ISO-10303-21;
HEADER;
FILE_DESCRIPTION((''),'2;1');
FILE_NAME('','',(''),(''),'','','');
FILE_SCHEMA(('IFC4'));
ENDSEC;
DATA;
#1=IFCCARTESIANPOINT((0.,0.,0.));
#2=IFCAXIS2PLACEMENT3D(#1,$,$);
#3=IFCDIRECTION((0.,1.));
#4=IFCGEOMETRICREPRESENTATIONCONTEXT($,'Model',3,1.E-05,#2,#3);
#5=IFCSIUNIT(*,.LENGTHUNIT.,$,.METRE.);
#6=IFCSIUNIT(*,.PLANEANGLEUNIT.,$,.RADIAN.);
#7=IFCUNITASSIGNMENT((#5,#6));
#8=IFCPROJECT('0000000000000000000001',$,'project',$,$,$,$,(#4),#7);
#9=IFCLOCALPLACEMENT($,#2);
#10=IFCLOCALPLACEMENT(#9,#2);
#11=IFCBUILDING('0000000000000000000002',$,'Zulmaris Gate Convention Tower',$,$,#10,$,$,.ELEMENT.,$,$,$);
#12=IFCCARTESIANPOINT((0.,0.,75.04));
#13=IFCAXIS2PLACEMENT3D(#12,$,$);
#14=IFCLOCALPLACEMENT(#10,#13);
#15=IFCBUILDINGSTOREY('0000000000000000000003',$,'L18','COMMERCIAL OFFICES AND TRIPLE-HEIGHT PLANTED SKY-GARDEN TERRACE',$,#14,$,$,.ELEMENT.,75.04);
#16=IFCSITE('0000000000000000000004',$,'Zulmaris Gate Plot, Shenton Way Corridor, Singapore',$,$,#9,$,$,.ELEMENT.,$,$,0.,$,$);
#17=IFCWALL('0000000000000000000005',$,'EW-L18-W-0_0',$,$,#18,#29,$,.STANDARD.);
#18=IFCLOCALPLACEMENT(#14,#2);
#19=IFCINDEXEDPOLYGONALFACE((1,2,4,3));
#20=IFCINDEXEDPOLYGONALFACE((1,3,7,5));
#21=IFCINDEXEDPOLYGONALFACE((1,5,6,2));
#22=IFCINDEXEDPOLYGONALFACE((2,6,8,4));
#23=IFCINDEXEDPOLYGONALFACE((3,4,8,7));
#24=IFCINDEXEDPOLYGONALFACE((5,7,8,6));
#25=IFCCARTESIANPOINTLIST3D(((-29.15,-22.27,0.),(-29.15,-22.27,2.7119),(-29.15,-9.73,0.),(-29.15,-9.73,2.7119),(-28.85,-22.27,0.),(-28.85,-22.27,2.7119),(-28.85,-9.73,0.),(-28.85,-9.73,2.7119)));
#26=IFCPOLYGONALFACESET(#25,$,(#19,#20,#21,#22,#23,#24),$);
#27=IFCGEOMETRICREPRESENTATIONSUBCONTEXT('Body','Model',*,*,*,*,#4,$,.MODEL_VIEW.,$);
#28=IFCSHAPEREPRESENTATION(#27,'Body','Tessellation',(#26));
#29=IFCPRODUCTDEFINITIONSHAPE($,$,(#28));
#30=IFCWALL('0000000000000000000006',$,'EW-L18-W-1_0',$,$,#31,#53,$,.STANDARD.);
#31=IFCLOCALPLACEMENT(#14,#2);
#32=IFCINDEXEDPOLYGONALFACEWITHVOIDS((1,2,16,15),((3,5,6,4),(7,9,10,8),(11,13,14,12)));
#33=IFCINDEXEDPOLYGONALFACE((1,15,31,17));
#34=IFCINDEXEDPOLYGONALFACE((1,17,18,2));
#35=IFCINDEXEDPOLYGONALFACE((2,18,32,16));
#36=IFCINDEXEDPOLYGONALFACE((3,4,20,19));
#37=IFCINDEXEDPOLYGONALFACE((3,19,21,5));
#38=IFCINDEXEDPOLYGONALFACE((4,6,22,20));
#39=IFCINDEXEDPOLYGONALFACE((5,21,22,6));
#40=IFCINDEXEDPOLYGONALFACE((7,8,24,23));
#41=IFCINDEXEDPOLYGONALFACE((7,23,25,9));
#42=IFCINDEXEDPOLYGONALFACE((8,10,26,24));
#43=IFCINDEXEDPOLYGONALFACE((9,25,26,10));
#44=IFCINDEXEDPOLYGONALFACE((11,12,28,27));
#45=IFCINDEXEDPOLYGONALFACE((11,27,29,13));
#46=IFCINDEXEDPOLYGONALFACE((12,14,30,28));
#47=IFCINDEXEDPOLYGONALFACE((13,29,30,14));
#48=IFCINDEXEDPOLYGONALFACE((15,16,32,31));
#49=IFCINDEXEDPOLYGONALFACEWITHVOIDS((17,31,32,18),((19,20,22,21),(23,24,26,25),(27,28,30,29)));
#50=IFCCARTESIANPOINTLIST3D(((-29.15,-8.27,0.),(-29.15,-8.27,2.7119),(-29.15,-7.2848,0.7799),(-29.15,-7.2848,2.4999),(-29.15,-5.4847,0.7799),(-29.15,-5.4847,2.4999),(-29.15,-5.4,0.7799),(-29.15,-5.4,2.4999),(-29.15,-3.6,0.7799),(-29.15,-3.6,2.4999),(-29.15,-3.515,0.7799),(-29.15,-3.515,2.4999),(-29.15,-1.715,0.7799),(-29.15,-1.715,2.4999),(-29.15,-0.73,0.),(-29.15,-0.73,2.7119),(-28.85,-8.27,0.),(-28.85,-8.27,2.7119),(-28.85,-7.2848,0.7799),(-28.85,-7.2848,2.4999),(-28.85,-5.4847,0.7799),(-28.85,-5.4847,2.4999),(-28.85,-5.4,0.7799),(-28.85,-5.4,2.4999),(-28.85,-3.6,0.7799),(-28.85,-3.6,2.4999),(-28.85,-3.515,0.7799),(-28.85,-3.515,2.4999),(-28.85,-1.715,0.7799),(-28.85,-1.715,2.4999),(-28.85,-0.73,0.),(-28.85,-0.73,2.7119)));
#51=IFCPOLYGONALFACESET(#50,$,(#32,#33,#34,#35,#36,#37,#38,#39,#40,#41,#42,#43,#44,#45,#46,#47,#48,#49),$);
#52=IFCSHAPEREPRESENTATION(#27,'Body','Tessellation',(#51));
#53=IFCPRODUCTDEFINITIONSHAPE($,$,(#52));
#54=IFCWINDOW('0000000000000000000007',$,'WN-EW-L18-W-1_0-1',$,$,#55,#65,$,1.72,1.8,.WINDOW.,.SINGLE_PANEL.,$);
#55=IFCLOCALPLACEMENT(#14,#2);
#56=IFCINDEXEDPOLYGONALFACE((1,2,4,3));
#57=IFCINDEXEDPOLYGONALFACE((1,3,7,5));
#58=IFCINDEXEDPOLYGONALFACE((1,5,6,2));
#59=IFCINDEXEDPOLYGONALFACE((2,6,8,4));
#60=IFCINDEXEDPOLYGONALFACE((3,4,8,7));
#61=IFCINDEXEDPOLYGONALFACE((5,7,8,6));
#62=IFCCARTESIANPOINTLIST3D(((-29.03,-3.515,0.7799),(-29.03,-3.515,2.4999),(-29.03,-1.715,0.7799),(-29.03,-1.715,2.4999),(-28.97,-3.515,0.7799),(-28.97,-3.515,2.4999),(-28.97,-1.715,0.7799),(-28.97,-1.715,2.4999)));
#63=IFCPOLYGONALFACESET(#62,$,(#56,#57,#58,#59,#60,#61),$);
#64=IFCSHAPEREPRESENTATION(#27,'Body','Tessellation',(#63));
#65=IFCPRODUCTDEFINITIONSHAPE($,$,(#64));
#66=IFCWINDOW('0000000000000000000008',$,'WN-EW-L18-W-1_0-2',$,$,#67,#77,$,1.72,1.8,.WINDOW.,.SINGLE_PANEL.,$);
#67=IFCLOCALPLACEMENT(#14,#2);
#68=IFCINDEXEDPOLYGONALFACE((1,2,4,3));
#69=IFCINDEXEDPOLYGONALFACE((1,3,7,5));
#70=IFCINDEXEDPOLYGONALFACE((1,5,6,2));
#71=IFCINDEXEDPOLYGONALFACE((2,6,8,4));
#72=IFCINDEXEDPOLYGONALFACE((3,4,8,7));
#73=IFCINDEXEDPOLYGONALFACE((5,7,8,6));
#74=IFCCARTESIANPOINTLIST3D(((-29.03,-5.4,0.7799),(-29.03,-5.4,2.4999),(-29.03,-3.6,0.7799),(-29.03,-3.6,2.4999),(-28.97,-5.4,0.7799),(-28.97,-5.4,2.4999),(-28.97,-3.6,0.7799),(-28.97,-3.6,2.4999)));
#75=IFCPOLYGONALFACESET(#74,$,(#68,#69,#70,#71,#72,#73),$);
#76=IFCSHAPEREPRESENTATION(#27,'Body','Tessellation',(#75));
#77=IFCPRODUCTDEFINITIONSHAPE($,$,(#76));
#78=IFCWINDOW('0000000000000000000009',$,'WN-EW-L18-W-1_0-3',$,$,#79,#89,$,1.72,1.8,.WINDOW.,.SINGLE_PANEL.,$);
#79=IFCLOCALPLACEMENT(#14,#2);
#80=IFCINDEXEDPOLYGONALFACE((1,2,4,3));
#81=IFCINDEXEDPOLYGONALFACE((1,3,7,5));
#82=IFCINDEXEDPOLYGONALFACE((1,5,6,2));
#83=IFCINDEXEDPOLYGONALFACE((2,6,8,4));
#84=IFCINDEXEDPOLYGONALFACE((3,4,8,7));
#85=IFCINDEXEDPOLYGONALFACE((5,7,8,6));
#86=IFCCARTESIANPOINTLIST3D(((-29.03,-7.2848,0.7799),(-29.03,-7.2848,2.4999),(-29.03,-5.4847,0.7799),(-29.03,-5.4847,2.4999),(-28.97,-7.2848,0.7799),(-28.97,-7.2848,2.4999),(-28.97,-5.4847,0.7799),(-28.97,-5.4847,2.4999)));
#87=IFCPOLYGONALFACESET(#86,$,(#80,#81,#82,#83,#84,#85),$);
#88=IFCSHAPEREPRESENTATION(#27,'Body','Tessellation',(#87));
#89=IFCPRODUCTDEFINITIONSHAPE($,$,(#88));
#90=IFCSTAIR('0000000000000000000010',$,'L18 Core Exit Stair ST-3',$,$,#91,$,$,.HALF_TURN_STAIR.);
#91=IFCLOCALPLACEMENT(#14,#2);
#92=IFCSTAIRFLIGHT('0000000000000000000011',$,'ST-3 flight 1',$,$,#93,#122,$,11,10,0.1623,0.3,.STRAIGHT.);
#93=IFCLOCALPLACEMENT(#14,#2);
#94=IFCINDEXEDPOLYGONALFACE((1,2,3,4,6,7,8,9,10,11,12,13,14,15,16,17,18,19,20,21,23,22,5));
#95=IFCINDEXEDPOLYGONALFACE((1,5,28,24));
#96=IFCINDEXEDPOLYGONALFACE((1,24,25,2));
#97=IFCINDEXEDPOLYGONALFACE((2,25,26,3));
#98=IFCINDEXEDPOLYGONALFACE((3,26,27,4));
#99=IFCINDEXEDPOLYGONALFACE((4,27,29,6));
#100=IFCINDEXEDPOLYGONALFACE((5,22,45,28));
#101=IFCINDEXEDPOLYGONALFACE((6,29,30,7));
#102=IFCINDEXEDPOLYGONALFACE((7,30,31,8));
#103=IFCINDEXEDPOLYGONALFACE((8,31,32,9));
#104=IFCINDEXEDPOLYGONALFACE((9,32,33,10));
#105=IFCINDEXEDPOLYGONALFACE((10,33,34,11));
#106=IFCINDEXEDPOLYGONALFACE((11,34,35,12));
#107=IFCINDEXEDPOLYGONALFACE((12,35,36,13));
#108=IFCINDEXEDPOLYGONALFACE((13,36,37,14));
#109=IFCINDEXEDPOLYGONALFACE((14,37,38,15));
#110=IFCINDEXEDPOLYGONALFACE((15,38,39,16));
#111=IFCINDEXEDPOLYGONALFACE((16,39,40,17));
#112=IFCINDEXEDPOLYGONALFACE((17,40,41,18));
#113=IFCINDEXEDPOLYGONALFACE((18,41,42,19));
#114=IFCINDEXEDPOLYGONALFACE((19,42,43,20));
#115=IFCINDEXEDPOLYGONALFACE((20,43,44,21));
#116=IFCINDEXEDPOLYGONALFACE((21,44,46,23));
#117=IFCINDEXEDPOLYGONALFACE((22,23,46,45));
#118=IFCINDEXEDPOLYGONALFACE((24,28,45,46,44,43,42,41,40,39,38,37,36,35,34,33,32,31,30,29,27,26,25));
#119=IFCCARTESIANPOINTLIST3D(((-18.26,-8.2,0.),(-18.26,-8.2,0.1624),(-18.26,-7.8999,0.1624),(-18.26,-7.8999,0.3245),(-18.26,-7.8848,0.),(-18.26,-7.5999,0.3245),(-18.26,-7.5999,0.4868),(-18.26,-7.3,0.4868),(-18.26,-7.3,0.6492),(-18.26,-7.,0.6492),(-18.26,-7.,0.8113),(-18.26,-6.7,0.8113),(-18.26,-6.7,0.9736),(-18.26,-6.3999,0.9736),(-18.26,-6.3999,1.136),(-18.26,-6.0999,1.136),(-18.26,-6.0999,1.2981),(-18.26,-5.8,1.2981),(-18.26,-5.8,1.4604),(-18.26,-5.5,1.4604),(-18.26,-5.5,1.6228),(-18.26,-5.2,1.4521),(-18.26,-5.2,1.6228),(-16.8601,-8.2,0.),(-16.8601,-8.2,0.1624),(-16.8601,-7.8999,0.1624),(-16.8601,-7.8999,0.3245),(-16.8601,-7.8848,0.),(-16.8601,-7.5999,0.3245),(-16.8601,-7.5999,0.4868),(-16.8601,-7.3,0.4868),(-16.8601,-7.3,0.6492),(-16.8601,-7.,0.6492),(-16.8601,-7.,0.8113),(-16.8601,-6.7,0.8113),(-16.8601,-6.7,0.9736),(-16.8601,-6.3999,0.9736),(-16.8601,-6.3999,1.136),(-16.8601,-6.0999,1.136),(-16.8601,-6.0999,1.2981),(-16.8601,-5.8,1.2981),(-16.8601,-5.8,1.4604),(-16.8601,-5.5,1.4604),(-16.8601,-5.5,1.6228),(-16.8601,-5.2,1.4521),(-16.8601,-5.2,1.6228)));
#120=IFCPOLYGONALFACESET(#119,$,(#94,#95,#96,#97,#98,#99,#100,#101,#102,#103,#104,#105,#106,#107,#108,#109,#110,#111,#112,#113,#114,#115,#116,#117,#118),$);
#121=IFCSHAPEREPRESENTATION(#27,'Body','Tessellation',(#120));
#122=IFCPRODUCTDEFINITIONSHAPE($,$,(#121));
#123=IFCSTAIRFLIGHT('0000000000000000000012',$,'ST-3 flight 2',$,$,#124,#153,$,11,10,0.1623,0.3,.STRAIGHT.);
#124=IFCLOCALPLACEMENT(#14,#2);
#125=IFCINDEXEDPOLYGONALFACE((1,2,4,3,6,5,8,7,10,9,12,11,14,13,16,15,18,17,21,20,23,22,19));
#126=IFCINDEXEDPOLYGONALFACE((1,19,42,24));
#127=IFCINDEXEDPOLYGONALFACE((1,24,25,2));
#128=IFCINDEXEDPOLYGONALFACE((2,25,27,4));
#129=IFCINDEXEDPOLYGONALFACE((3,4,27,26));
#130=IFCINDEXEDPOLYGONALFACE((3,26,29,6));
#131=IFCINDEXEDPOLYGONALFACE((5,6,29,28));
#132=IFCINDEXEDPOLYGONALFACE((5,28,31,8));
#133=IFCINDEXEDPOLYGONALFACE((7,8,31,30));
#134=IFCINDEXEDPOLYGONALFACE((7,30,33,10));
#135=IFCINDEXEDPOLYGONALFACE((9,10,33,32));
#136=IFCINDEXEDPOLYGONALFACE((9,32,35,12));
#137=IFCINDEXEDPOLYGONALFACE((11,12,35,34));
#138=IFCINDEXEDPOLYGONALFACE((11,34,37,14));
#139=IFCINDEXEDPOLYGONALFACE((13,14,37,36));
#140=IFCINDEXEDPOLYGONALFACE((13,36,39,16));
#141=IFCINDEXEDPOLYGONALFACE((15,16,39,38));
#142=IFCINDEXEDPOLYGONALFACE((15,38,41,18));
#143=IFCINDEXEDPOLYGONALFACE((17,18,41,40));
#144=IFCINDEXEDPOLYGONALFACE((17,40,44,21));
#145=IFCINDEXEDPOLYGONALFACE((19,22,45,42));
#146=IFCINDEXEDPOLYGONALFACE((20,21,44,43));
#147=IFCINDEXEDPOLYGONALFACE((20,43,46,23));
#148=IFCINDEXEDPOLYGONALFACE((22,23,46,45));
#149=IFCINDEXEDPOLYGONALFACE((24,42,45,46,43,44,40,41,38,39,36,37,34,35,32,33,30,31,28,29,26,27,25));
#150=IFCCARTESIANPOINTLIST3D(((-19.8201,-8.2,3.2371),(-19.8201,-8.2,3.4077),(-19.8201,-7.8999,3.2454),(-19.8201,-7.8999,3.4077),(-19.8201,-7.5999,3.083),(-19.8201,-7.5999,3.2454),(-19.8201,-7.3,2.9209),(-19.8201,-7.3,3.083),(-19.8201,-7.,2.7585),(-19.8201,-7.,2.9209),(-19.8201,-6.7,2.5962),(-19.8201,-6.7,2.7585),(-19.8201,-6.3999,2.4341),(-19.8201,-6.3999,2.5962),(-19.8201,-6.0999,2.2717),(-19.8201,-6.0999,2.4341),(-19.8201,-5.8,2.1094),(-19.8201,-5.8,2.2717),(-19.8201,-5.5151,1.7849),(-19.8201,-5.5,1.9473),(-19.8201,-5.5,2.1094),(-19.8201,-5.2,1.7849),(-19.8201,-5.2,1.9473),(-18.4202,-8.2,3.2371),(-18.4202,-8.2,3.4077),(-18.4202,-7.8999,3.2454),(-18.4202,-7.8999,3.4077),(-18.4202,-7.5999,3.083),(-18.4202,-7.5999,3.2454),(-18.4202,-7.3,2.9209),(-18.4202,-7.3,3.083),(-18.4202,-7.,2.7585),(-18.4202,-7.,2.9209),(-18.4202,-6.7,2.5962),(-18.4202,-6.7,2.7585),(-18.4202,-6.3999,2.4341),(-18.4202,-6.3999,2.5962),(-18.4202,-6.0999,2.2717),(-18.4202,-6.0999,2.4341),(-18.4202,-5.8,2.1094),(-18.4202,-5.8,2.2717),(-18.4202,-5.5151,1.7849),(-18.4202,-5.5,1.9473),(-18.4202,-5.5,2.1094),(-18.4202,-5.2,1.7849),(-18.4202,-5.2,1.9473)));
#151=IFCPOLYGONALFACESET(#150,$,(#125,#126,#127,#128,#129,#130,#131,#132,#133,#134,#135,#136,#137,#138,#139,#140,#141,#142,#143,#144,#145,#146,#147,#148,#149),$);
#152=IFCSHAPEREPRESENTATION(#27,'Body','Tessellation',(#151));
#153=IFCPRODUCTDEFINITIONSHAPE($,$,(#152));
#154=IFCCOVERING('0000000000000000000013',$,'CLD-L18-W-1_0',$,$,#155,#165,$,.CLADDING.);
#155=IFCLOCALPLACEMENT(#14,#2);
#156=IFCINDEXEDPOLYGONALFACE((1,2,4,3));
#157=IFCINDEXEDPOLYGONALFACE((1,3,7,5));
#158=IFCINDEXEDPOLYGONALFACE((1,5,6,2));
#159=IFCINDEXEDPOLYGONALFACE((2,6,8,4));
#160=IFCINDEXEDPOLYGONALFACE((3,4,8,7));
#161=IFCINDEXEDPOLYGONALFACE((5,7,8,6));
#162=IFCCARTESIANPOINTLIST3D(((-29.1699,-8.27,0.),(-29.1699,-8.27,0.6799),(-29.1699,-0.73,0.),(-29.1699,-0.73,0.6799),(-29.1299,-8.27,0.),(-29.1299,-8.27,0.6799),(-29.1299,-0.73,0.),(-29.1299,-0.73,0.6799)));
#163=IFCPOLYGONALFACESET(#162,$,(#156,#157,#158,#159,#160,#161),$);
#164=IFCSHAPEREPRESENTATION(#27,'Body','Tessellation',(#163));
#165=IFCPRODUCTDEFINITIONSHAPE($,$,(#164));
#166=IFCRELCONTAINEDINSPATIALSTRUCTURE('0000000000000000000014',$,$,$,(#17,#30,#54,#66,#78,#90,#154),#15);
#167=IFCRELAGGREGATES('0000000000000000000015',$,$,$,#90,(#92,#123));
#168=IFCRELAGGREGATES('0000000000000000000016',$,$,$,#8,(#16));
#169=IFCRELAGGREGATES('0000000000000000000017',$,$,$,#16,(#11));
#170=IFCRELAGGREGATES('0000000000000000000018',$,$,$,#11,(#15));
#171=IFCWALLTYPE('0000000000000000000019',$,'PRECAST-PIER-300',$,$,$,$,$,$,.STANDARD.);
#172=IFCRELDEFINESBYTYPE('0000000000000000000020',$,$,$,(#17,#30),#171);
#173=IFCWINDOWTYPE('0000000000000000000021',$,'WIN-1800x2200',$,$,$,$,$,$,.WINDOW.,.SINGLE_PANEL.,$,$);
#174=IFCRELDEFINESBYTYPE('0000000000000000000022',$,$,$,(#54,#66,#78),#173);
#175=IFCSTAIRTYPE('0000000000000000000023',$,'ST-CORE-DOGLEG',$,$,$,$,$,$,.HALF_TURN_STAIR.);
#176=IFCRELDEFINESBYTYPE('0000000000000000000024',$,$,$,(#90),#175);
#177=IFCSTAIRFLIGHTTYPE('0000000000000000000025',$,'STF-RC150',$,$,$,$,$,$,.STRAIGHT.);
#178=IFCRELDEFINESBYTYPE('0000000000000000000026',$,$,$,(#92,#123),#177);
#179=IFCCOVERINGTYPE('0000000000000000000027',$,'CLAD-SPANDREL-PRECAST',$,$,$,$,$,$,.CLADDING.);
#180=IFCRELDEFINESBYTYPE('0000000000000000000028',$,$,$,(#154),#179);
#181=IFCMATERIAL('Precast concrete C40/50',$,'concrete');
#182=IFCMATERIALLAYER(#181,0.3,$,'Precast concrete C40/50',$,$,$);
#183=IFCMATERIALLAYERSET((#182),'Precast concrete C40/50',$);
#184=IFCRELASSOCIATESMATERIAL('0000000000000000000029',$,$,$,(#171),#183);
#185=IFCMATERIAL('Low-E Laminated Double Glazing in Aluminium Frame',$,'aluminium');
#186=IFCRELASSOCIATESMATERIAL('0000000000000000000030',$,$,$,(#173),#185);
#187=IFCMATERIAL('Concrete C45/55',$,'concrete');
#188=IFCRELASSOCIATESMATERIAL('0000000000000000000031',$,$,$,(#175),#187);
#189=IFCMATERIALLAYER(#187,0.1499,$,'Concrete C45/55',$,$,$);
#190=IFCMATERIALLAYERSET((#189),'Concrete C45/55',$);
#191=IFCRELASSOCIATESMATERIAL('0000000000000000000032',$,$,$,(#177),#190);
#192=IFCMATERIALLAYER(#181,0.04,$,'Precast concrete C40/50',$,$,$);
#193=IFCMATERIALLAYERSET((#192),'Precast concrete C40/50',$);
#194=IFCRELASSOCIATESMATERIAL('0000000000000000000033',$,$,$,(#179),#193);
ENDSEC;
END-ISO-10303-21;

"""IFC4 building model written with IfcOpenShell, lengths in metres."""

from ifc_helpers import new_model, si_unit, direction, frame, frame_2d, origin, place, context, subcontext, project, spatial, polyline, rectangle, outline, extrude, material, layer, layer_set, type_object, element, fill, aggregate, save


model = new_model("IFC4")

# Units and contexts
model_context = context("Model", 3, precision=1e-05, world=origin(), true_north=direction((0.0, 1.0)))
body_context = subcontext(model_context, "Body", "Model", "MODEL_VIEW")
ifc_project = project(units=[si_unit("LENGTHUNIT", "METRE"), si_unit("PLANEANGLEUNIT", "RADIAN")], contexts=[model_context])

# Site, building, storey
site_placement = place(None, origin())
site = spatial("IfcSite", under=ifc_project, at=site_placement, Name="Zulmaris Gate Plot, Shenton Way Corridor, Singapore", CompositionType="ELEMENT", RefElevation=0.0)
building_placement = place(site_placement, origin())
building = spatial("IfcBuilding", under=site, at=building_placement, Name="Zulmaris Gate Convention Tower", CompositionType="ELEMENT")
storey_placement = place(building_placement, frame((0.0, 0.0, 75.04)))
storey = spatial("IfcBuildingStorey", under=building, at=storey_placement, Name="L18", Description="COMMERCIAL OFFICES AND TRIPLE-HEIGHT PLANTED SKY-GARDEN TERRACE", CompositionType="ELEMENT", Elevation=75.04)

# Wall
ifc_material_1 = material(Name="Precast concrete C40/50", Category="concrete")
ifc_layer_1 = layer(ifc_material_1, 0.3, Name="Precast concrete C40/50")
ifc_layer_set_1 = layer_set([ifc_layer_1], Name="Precast concrete C40/50")
wall_type_1 = type_object("IfcWallType", Name="PRECAST-PIER-300", PredefinedType="STANDARD", material=ifc_layer_set_1)
wall_1_placement = place(storey_placement, frame((-29.0, -9.73, 0.0), z_axis=(0.0, 0.0, 1.0), x_axis=(0.0, -1.0, 0.0)))
element("IfcWall", 1, at=wall_1_placement, inside=storey, type_object=wall_type_1, Name="EW-L18-W-0_0", PredefinedType="STANDARD", context=body_context, shape_type="SweptSolid", body=[
    extrude(rectangle(XDim=12.54, YDim=0.3, at=frame_2d((6.27, 0.0))), origin(), (0.0, 0.0, 1.0), 2.7119),
])

# Wall, openings, windows
wall_2_placement = place(storey_placement, frame((-29.0, -0.73, 0.0), z_axis=(0.0, 0.0, 1.0), x_axis=(0.0, -1.0, 0.0)))
wall_2 = element("IfcWall", 2, at=wall_2_placement, inside=storey, type_object=wall_type_1, Name="EW-L18-W-1_0", PredefinedType="STANDARD", context=body_context, shape_type="SweptSolid", body=[
    extrude(rectangle(XDim=7.54, YDim=0.3, at=frame_2d((3.77, 0.0))), origin(), (0.0, 0.0, 1.0), 2.7119),
])
opening_1_placement = place(wall_2_placement, frame((0.9851, 0.0, 0.78)))
opening_1 = element("IfcOpeningElement", 3, at=opening_1_placement, cuts=wall_2, PredefinedType="OPENING", context=body_context, shape_type="SweptSolid", body=[
    extrude(rectangle(XDim=1.8, YDim=1.72, at=frame_2d((0.8999, 0.8599))), frame((0.0, 0.1602, 0.0), z_axis=(0.0, -1.0, 0.0), x_axis=(1.0, 0.0, 0.0)), (0.0, 0.0, 1.0), 0.3201),
])
opening_2_placement = place(wall_2_placement, frame((2.8701, 0.0, 0.78)))
opening_2 = element("IfcOpeningElement", 4, at=opening_2_placement, cuts=wall_2, PredefinedType="OPENING", context=body_context, shape_type="SweptSolid", body=[
    extrude(rectangle(XDim=1.8, YDim=1.72, at=frame_2d((0.8999, 0.8599))), frame((0.0, 0.1602, 0.0), z_axis=(0.0, -1.0, 0.0), x_axis=(1.0, 0.0, 0.0)), (0.0, 0.0, 1.0), 0.3201),
])
opening_3_placement = place(wall_2_placement, frame((4.7549, 0.0, 0.78)))
opening_3 = element("IfcOpeningElement", 5, at=opening_3_placement, cuts=wall_2, PredefinedType="OPENING", context=body_context, shape_type="SweptSolid", body=[
    extrude(rectangle(XDim=1.8, YDim=1.72, at=frame_2d((0.8999, 0.8599))), frame((0.0, 0.1602, 0.0), z_axis=(0.0, -1.0, 0.0), x_axis=(1.0, 0.0, 0.0)), (0.0, 0.0, 1.0), 0.3201),
])
ifc_material_2 = material(Name="Low-E Laminated Double Glazing in Aluminium Frame", Category="aluminium")
window_type = type_object("IfcWindowType", Name="WIN-1800x2200", PartitioningType="SINGLE_PANEL", PredefinedType="WINDOW", material=ifc_material_2)
window_1_placement = place(opening_1_placement, origin())
window_1 = element("IfcWindow", 6, at=window_1_placement, inside=storey, type_object=window_type, Name="WN-EW-L18-W-1_0-1", OverallHeight=1.72, OverallWidth=1.8, PartitioningType="SINGLE_PANEL", PredefinedType="WINDOW", context=body_context, shape_type="SweptSolid", body=[
    extrude(rectangle(XDim=1.8, YDim=1.72, at=frame_2d((0.8999, 0.8599))), frame((0.0, 0.03, 0.0), z_axis=(0.0, -1.0, 0.0), x_axis=(1.0, 0.0, 0.0)), (0.0, 0.0, 1.0), 0.0601),
])
fill(opening_1, window_1)
window_2_placement = place(opening_2_placement, origin())
window_2 = element("IfcWindow", 7, at=window_2_placement, inside=storey, type_object=window_type, Name="WN-EW-L18-W-1_0-2", OverallHeight=1.72, OverallWidth=1.8, PartitioningType="SINGLE_PANEL", PredefinedType="WINDOW", context=body_context, shape_type="SweptSolid", body=[
    extrude(rectangle(XDim=1.8, YDim=1.72, at=frame_2d((0.8999, 0.8599))), frame((0.0, 0.03, 0.0), z_axis=(0.0, -1.0, 0.0), x_axis=(1.0, 0.0, 0.0)), (0.0, 0.0, 1.0), 0.0601),
])
fill(opening_2, window_2)
window_3_placement = place(opening_3_placement, origin())
window_3 = element("IfcWindow", 8, at=window_3_placement, inside=storey, type_object=window_type, Name="WN-EW-L18-W-1_0-3", OverallHeight=1.72, OverallWidth=1.8, PartitioningType="SINGLE_PANEL", PredefinedType="WINDOW", context=body_context, shape_type="SweptSolid", body=[
    extrude(rectangle(XDim=1.8, YDim=1.72, at=frame_2d((0.8999, 0.8599))), frame((0.0, 0.03, 0.0), z_axis=(0.0, -1.0, 0.0), x_axis=(1.0, 0.0, 0.0)), (0.0, 0.0, 1.0), 0.0601),
])
fill(opening_3, window_3)

# Stair, stair flights
ifc_material_3 = material(Name="Concrete C45/55", Category="concrete")
stair_type = type_object("IfcStairType", Name="ST-CORE-DOGLEG", PredefinedType="HALF_TURN_STAIR", material=ifc_material_3)
stair_placement = place(storey_placement, origin())
stair = element("IfcStair", 9, at=stair_placement, inside=storey, type_object=stair_type, Name="L18 Core Exit Stair ST-3", PredefinedType="HALF_TURN_STAIR")
ifc_layer_2 = layer(ifc_material_3, 0.1499, Name="Concrete C45/55")
ifc_layer_set_2 = layer_set([ifc_layer_2], Name="Concrete C45/55")
stair_flight_type = type_object("IfcStairFlightType", Name="STF-RC150", PredefinedType="STRAIGHT", material=ifc_layer_set_2)
stair_flight_1_placement = place(storey_placement, frame((-17.5601, -8.2, 0.0), z_axis=(0.0, 0.0, 1.0), x_axis=(0.0, 1.0, 0.0)))
stair_flight_1 = element("IfcStairFlight", 10, at=stair_flight_1_placement, type_object=stair_flight_type, Name="ST-3 flight 1", NumberOfRisers=11, NumberOfTreads=10, PredefinedType="STRAIGHT", RiserHeight=0.1623, TreadLength=0.3, context=body_context, shape_type="SweptSolid", body=[
    extrude(outline(polyline([(0.0, 0.0), (0.0, 0.1624), (0.3, 0.1624), (0.3, 0.3245), (0.6001, 0.3245), (0.6001, 0.4868), (0.8999, 0.4868), (0.8999, 0.6492), (1.2, 0.6492), (1.2, 0.8113), (1.5, 0.8113), (1.5, 0.9736), (1.8, 0.9736), (1.8, 1.136), (2.1001, 1.136), (2.1001, 1.2981), (2.3999, 1.2981), (2.3999, 1.4604), (2.7, 1.4604), (2.7, 1.6228), (3.0, 1.6228), (3.0, 1.7849), (3.0, 1.4521), (0.3152, 0.0), (0.0, 0.0)])), frame((0.0, 0.7, 0.0), z_axis=(0.0, -1.0, 0.0), x_axis=(1.0, 0.0, 0.0)), (0.0, 0.0, 1.0), 1.3999),
])
stair_flight_2_placement = place(storey_placement, frame((-19.1201, -5.2, 1.7849), z_axis=(0.0, 0.0, 1.0), x_axis=(0.0, -1.0, 0.0)))
stair_flight_2 = element("IfcStairFlight", 11, at=stair_flight_2_placement, type_object=stair_flight_type, Name="ST-3 flight 2", NumberOfRisers=11, NumberOfTreads=10, PredefinedType="STRAIGHT", RiserHeight=0.1623, TreadLength=0.3, context=body_context, shape_type="SweptSolid", body=[
    extrude(outline(polyline([(0.0, 0.0), (0.0, 0.1624), (0.3, 0.1624), (0.3, 0.3245), (0.6001, 0.3245), (0.6001, 0.4868), (0.8999, 0.4868), (0.8999, 0.6492), (1.2, 0.6492), (1.2, 0.8113), (1.5, 0.8113), (1.5, 0.9736), (1.8, 0.9736), (1.8, 1.136), (2.1001, 1.136), (2.1001, 1.2981), (2.3999, 1.2981), (2.3999, 1.4604), (2.7, 1.4604), (2.7, 1.6228), (3.0, 1.6228), (3.0, 1.7849), (3.0, 1.4521), (0.3152, 0.0), (0.0, 0.0)])), frame((0.0, 0.7, 0.0), z_axis=(0.0, -1.0, 0.0), x_axis=(1.0, 0.0, 0.0)), (0.0, 0.0, 1.0), 1.3999),
])
aggregate(stair, [stair_flight_1, stair_flight_2])

# Covering
ifc_layer_3 = layer(ifc_material_1, 0.04, Name="Precast concrete C40/50")
ifc_layer_set_3 = layer_set([ifc_layer_3], Name="Precast concrete C40/50")
covering_type = type_object("IfcCoveringType", Name="CLAD-SPANDREL-PRECAST", PredefinedType="CLADDING", material=ifc_layer_set_3)
covering_placement = place(storey_placement, frame((-29.1499, -0.73, 0.0), z_axis=(0.0, 0.0, 1.0), x_axis=(0.0, -1.0, 0.0)))
element("IfcCovering", 12, at=covering_placement, inside=storey, type_object=covering_type, Name="CLD-L18-W-1_0", PredefinedType="CLADDING", context=body_context, shape_type="SweptSolid", body=[
    extrude(rectangle(XDim=7.54, YDim=0.04, at=frame_2d((3.77, 0.0))), origin(), (0.0, 0.0, 1.0), 0.6799),
])

save(model, "model.ifc")
